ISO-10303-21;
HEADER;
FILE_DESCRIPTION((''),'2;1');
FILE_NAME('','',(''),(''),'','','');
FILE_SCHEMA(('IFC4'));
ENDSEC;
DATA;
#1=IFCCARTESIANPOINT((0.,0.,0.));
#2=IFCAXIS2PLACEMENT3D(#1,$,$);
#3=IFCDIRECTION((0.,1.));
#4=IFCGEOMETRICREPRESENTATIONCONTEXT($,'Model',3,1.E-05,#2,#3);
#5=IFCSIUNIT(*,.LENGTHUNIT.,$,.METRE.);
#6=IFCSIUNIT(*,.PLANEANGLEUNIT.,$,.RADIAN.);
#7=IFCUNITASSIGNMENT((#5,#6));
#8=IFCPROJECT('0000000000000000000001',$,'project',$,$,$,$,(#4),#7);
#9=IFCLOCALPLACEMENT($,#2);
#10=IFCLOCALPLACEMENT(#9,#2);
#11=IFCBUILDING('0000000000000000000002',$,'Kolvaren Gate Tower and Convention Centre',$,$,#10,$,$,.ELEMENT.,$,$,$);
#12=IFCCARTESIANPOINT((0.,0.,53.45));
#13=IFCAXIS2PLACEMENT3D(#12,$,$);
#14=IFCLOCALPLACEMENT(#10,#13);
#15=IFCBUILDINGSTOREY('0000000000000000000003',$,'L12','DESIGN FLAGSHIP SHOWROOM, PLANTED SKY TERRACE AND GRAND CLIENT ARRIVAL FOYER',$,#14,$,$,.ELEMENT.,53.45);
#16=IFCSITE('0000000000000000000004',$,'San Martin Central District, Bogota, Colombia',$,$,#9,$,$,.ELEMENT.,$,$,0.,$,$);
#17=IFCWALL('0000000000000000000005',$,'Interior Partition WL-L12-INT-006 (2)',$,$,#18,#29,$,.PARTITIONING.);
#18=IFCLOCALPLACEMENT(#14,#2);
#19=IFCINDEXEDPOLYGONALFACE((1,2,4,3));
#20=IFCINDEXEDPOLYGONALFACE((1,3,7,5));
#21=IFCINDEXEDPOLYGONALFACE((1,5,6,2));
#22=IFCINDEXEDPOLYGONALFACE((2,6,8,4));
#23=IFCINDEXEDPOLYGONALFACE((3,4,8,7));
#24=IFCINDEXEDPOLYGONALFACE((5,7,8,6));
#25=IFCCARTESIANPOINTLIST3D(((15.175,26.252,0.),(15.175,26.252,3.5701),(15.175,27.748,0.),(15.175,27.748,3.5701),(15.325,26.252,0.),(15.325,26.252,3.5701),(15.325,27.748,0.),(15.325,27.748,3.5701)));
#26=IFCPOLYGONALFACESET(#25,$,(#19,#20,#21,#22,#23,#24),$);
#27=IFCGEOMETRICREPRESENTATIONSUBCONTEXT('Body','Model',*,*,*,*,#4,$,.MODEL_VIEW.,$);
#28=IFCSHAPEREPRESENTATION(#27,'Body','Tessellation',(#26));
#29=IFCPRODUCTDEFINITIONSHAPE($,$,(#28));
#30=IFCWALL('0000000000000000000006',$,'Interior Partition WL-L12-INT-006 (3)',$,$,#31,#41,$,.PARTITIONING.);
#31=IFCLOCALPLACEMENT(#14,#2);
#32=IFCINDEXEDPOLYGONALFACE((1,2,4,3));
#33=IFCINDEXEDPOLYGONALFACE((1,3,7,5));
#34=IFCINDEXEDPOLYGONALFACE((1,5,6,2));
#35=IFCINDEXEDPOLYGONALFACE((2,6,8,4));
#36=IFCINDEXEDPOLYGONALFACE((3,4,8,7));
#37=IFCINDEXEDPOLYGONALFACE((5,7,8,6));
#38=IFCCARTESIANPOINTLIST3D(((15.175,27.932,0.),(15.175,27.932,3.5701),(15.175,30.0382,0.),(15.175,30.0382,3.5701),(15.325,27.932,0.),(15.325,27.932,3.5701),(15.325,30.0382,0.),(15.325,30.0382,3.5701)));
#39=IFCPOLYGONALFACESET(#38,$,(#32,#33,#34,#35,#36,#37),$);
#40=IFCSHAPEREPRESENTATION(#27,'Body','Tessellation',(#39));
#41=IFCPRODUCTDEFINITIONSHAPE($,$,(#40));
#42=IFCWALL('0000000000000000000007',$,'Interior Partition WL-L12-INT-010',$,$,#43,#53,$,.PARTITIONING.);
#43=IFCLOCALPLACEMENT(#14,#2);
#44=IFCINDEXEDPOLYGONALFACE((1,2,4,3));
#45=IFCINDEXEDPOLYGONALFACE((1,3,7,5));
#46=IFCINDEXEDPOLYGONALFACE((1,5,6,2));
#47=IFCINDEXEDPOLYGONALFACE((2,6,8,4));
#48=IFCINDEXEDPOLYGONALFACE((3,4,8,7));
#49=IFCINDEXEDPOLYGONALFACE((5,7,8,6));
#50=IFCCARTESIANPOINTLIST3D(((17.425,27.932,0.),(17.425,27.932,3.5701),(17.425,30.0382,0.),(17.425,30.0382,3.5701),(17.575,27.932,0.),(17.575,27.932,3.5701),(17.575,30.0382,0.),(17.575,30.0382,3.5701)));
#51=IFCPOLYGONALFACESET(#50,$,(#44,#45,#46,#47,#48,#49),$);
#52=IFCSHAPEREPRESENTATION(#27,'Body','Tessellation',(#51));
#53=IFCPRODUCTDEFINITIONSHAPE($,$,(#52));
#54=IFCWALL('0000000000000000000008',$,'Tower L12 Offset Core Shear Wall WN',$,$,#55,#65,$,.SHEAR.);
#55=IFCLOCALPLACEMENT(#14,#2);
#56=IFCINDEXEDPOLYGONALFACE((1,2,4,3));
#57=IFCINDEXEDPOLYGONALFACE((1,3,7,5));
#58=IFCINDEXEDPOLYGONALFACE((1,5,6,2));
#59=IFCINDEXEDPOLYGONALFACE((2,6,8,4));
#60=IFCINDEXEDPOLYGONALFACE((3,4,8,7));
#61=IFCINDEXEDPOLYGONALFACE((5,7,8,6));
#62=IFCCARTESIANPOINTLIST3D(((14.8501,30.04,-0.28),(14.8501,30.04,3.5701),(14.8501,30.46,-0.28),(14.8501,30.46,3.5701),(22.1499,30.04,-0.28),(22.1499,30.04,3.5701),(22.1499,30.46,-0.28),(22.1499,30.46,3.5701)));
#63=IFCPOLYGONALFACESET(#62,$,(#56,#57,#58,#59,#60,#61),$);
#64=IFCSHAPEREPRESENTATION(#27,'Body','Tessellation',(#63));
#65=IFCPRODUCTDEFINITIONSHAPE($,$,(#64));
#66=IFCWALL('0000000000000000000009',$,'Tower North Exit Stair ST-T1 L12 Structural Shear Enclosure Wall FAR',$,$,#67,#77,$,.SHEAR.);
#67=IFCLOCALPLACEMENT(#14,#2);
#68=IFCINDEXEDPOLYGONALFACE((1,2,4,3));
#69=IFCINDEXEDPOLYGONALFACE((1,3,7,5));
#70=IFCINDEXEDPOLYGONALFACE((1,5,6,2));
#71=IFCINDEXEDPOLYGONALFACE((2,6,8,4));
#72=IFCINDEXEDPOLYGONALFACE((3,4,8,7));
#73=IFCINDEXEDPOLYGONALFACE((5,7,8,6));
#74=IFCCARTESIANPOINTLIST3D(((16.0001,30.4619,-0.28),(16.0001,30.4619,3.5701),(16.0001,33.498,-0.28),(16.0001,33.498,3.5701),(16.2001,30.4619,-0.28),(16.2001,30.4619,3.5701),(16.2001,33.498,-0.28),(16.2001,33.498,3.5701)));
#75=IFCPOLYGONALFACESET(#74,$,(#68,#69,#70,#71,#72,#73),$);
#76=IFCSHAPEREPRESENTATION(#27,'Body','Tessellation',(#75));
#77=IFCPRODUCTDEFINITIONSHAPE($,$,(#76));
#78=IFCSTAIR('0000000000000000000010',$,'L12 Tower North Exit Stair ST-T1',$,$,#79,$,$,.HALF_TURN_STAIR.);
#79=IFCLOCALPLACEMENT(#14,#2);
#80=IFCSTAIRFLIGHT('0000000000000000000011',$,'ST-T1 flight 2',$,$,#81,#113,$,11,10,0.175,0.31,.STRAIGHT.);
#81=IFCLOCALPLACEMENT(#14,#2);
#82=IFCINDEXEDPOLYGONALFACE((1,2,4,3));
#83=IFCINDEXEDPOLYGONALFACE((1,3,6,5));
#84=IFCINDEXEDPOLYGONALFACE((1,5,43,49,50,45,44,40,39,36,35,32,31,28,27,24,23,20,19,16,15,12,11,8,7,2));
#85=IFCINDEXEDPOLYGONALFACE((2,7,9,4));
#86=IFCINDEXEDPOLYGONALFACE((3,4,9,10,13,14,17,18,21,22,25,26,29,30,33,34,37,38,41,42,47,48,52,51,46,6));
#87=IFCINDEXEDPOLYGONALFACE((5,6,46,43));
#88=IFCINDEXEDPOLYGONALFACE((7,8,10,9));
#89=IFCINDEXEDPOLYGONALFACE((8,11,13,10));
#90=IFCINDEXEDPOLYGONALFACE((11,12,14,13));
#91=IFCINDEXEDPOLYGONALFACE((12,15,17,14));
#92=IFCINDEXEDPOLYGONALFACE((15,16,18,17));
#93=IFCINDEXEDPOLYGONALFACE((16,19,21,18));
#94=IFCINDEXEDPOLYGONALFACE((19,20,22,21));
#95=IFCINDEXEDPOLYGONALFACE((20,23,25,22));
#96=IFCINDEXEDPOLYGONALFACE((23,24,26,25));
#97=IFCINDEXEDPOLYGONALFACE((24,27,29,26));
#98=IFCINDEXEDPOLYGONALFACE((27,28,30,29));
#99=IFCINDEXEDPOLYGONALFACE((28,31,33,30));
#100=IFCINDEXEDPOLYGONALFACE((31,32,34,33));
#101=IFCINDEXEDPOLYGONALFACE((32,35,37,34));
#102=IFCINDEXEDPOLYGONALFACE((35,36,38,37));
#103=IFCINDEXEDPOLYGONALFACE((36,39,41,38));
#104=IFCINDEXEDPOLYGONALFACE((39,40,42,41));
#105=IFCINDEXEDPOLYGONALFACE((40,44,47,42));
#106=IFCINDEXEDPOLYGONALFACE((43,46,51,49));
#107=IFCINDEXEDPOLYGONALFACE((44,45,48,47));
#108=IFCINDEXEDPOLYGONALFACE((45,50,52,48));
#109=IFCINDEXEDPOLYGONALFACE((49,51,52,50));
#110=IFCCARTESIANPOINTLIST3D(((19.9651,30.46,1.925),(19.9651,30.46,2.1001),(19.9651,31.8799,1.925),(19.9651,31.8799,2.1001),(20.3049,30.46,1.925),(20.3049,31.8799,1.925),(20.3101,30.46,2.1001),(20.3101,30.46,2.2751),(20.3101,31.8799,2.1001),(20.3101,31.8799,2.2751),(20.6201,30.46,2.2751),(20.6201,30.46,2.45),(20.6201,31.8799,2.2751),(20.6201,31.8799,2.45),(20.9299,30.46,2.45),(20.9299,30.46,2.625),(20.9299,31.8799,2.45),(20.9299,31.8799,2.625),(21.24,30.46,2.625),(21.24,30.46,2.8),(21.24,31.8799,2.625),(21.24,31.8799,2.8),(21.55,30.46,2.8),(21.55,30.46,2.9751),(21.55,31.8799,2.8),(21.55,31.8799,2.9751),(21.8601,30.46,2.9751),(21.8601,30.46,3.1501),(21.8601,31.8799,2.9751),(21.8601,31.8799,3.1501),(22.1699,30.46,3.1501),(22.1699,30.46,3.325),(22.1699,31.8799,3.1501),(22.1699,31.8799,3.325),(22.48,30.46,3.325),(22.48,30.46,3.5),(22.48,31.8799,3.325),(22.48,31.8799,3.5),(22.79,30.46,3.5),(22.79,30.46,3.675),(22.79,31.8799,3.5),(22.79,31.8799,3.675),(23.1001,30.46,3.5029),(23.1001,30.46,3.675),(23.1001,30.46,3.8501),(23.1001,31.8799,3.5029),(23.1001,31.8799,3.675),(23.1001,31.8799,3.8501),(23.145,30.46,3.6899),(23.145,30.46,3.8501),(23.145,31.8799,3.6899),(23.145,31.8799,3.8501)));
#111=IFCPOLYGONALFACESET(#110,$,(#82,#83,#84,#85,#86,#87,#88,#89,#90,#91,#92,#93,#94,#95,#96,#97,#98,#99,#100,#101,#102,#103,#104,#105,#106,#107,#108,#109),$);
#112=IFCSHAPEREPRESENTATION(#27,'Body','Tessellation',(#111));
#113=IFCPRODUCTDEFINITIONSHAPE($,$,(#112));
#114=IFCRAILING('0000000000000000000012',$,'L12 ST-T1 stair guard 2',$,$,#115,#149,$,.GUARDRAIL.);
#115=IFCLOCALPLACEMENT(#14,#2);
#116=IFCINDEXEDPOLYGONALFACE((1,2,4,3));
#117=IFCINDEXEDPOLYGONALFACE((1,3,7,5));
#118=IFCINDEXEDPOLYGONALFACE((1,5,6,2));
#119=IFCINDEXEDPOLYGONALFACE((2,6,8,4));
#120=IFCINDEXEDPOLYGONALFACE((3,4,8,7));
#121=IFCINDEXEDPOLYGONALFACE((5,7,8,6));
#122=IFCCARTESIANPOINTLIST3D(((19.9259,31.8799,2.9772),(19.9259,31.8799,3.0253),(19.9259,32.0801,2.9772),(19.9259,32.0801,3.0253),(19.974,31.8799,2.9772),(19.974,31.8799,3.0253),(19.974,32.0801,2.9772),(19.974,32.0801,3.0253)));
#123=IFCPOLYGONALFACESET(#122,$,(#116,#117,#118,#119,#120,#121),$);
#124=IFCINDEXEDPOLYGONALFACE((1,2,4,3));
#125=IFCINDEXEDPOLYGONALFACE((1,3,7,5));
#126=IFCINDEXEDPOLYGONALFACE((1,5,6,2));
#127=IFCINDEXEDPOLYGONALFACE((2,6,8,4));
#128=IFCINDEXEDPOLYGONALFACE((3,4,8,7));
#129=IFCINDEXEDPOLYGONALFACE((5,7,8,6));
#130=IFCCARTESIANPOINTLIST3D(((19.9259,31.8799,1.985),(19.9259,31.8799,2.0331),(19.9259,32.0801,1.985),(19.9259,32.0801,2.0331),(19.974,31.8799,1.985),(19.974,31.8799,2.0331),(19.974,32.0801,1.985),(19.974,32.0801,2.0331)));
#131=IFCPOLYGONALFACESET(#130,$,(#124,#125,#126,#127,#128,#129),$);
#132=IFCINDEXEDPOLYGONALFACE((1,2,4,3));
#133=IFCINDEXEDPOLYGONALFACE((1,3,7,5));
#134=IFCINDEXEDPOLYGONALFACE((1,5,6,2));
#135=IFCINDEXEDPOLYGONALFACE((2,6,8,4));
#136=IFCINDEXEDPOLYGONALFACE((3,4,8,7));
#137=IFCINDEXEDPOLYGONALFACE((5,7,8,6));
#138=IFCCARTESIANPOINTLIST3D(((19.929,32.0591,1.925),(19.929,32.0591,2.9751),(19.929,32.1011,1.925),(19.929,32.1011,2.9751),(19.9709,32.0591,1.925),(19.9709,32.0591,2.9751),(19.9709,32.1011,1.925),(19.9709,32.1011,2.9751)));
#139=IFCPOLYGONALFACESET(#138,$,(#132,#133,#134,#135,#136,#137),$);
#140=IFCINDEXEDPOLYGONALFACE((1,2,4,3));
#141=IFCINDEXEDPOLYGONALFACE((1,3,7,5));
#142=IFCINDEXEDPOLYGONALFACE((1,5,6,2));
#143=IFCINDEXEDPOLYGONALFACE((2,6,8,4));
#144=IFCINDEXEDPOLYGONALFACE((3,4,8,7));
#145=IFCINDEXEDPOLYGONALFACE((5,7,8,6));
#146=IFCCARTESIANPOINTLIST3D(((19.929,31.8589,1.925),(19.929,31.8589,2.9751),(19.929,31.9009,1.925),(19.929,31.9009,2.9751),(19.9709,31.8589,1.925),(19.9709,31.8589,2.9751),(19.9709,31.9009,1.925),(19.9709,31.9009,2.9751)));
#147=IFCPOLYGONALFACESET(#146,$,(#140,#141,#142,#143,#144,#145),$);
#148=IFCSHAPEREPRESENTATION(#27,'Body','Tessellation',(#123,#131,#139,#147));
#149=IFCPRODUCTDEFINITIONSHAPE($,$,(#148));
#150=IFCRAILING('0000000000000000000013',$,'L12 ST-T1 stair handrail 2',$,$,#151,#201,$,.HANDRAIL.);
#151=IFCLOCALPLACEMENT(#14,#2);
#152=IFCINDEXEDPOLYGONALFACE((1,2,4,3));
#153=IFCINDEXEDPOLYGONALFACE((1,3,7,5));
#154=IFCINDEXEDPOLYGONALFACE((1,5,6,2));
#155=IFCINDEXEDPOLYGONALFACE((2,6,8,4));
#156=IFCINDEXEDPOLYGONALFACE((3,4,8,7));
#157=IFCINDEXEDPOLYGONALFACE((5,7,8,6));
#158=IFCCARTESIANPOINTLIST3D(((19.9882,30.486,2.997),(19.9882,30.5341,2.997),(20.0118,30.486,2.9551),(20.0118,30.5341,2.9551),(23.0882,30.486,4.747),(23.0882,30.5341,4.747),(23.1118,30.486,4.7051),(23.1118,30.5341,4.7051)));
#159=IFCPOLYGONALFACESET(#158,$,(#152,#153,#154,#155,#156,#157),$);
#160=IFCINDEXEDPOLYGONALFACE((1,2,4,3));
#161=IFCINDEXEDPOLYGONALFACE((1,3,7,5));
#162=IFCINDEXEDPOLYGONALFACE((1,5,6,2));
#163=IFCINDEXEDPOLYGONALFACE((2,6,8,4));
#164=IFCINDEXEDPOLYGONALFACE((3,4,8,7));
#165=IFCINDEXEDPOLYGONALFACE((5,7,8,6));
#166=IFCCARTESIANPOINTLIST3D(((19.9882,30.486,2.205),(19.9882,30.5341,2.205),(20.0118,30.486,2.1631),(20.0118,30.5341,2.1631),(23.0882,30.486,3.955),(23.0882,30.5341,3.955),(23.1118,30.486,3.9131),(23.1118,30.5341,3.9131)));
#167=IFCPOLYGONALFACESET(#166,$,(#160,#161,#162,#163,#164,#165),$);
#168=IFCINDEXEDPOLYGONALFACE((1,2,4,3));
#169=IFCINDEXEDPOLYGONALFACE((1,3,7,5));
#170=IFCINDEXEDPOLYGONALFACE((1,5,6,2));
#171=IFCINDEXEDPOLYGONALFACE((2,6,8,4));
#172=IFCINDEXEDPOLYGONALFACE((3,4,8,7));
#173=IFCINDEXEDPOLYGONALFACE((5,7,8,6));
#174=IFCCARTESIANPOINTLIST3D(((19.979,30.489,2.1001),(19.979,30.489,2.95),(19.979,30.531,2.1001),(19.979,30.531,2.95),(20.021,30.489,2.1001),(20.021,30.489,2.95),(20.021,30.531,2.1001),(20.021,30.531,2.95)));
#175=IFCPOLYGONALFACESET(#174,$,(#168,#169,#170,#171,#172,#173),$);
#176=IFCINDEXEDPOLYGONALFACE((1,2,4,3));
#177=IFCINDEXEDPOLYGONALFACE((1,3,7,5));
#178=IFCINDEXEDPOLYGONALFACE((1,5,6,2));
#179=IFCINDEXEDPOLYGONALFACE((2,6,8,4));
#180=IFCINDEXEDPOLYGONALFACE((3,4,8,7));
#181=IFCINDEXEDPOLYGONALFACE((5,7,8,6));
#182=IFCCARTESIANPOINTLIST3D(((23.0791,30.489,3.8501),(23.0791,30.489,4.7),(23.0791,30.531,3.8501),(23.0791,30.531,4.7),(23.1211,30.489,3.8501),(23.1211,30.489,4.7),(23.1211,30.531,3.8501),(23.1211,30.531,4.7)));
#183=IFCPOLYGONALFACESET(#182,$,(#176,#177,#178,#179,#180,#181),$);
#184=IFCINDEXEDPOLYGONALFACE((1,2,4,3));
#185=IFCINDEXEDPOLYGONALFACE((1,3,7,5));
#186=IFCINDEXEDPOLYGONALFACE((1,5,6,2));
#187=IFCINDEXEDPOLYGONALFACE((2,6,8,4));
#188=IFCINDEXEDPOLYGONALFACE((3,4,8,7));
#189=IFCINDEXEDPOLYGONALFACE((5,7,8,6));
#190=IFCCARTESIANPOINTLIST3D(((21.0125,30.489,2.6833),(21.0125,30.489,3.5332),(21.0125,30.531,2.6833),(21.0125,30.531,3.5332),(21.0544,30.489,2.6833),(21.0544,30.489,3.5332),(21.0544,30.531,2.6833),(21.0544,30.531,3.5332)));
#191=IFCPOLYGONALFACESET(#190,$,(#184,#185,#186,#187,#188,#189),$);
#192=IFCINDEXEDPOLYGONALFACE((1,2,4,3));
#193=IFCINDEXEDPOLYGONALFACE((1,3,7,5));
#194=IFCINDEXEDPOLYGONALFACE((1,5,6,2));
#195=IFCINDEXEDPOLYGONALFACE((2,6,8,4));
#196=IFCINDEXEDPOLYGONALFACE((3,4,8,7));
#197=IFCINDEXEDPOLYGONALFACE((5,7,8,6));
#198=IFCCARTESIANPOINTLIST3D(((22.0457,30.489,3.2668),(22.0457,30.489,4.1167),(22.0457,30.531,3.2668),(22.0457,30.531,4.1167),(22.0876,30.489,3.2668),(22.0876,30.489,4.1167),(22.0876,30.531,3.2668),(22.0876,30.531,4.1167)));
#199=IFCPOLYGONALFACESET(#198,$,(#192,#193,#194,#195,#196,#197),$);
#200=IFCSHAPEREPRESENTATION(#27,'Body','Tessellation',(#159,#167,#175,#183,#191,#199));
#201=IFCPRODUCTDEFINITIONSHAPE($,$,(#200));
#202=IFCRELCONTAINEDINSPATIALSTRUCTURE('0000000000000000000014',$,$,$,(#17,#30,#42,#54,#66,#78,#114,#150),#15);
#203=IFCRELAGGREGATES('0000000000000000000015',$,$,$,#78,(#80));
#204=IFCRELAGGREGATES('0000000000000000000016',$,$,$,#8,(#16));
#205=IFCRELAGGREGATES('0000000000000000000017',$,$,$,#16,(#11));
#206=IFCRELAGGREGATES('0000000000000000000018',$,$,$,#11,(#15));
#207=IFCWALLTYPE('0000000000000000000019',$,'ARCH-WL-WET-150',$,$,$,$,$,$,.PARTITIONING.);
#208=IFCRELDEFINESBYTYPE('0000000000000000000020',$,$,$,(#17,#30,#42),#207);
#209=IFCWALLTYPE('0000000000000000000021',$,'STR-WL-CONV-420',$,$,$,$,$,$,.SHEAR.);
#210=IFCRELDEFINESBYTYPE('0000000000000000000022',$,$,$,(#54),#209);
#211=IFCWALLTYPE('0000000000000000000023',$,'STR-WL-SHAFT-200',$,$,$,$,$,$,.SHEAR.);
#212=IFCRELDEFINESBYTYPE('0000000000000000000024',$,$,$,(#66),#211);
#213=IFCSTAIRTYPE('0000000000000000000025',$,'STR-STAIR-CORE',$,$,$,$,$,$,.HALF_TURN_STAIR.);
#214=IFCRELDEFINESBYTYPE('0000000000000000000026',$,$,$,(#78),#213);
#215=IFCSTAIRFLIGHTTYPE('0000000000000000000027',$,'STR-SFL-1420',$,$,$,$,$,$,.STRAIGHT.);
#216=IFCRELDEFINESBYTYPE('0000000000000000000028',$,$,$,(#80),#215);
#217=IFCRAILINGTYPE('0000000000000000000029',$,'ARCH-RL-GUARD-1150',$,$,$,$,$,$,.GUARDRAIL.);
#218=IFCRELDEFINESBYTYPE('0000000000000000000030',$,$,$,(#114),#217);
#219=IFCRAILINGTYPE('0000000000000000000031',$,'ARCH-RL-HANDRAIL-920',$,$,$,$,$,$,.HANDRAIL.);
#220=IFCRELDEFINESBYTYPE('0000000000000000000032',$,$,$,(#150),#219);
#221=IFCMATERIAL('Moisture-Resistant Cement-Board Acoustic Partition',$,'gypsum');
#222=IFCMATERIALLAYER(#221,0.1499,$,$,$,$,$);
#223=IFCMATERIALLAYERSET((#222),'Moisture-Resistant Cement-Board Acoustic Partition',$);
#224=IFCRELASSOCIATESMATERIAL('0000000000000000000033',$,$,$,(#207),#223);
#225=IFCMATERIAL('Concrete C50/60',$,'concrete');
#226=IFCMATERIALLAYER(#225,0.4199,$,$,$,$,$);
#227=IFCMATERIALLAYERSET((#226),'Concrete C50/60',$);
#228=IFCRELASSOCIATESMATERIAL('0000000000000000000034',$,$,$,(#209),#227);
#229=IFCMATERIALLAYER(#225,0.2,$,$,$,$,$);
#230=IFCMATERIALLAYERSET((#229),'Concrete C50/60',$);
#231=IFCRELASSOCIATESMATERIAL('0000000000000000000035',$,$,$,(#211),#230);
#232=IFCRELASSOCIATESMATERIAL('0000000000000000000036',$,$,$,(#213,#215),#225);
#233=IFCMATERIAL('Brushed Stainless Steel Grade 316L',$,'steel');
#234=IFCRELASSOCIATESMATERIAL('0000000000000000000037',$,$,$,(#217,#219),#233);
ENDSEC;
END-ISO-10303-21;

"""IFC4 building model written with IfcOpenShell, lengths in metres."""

from ifc_helpers import new_model, si_unit, direction, frame, frame_2d, origin, origin_2d, place, context, subcontext, project, spatial, polyline, rectangle, outline, extrude, material, layer, layer_set, type_object, element, aggregate, save


model = new_model("IFC4")

# Units and contexts
model_context = context("Model", 3, precision=1e-05, world=origin(), true_north=direction((0.0, 1.0)))
body_context = subcontext(model_context, "Body", "Model", "MODEL_VIEW")
ifc_project = project(units=[si_unit("LENGTHUNIT", "METRE"), si_unit("PLANEANGLEUNIT", "RADIAN")], contexts=[model_context])

# Site, building, storey
site_placement = place(None, origin())
site = spatial("IfcSite", under=ifc_project, at=site_placement, Name="San Martin Central District, Bogota, Colombia", CompositionType="ELEMENT", RefElevation=0.0)
building_placement = place(site_placement, origin())
building = spatial("IfcBuilding", under=site, at=building_placement, Name="Kolvaren Gate Tower and Convention Centre", CompositionType="ELEMENT")
storey_placement = place(building_placement, frame((0.0, 0.0, 53.45)))
storey = spatial("IfcBuildingStorey", under=building, at=storey_placement, Name="L12", Description="DESIGN FLAGSHIP SHOWROOM, PLANTED SKY TERRACE AND GRAND CLIENT ARRIVAL FOYER", CompositionType="ELEMENT", Elevation=53.45)

# Walls
ifc_material_1 = material(Name="Moisture-Resistant Cement-Board Acoustic Partition", Category="gypsum")
ifc_layer_1 = layer(ifc_material_1, 0.1499)
ifc_layer_set_1 = layer_set([ifc_layer_1], Name="Moisture-Resistant Cement-Board Acoustic Partition")
wall_type_1 = type_object("IfcWallType", Name="ARCH-WL-WET-150", PredefinedType="PARTITIONING", material=ifc_layer_set_1)
wall_1_placement = place(storey_placement, frame((15.25, 26.252, 0.0), z_axis=(0.0, 0.0, 1.0), x_axis=(0.0, 1.0, 0.0)))
element("IfcWall", 1, at=wall_1_placement, inside=storey, type_object=wall_type_1, Name="Interior Partition WL-L12-INT-006 (2)", PredefinedType="PARTITIONING", context=body_context, shape_type="SweptSolid", body=[
    extrude(rectangle(XDim=1.4961, YDim=0.1499, at=frame_2d((0.748, 0.0))), origin(), (0.0, 0.0, 1.0), 3.5701),
])
for number, where, z_axis, x_axis, name in (
    (2, (15.25, 27.9319, 0.0), (0.0, 0.0, 1.0), (0.0, 1.0, 0.0), "Interior Partition WL-L12-INT-006 (3)"),
    (3, (17.5, 27.9319, 0.0), (0.0, 0.0, 1.0), (0.0, 1.0, 0.0), "Interior Partition WL-L12-INT-010"),
):
    element("IfcWall", number, at=place(storey_placement, frame(where, z_axis=z_axis, x_axis=x_axis)), inside=storey, type_object=wall_type_1, Name=name, PredefinedType="PARTITIONING", context=body_context, shape_type="SweptSolid", body=[
        extrude(rectangle(XDim=2.1062, YDim=0.1499, at=frame_2d((1.0532, 0.0))), origin(), (0.0, 0.0, 1.0), 3.5701),
    ])
ifc_material_2 = material(Name="Concrete C50/60", Category="concrete")
ifc_layer_2 = layer(ifc_material_2, 0.4199)
ifc_layer_set_2 = layer_set([ifc_layer_2], Name="Concrete C50/60")
wall_type_2 = type_object("IfcWallType", Name="STR-WL-CONV-420", PredefinedType="SHEAR", material=ifc_layer_set_2)
wall_2_placement = place(storey_placement, frame((14.8501, 30.25, -0.28), z_axis=(0.0, 0.0, 1.0), x_axis=(1.0, 0.0, 0.0)))
element("IfcWall", 4, at=wall_2_placement, inside=storey, type_object=wall_type_2, Name="Tower L12 Offset Core Shear Wall WN", PredefinedType="SHEAR", context=body_context, shape_type="SweptSolid", body=[
    extrude(rectangle(XDim=7.2998, YDim=0.4199, at=frame_2d((3.6499, 0.0))), origin(), (0.0, 0.0, 1.0), 3.8501),
])
ifc_layer_3 = layer(ifc_material_2, 0.2)
ifc_layer_set_3 = layer_set([ifc_layer_3], Name="Concrete C50/60")
wall_type_3 = type_object("IfcWallType", Name="STR-WL-SHAFT-200", PredefinedType="SHEAR", material=ifc_layer_set_3)
wall_3_placement = place(storey_placement, frame((16.1001, 30.4619, -0.28), z_axis=(0.0, 0.0, 1.0), x_axis=(0.0, 1.0, 0.0)))
element("IfcWall", 5, at=wall_3_placement, inside=storey, type_object=wall_type_3, Name="Tower North Exit Stair ST-T1 L12 Structural Shear Enclosure Wall FAR", PredefinedType="SHEAR", context=body_context, shape_type="SweptSolid", body=[
    extrude(rectangle(XDim=3.0361, YDim=0.2, at=frame_2d((1.5181, 0.0))), origin(), (0.0, 0.0, 1.0), 3.8501),
])

# Stair, stair flight
stair_type = type_object("IfcStairType", Name="STR-STAIR-CORE", PredefinedType="HALF_TURN_STAIR", material=ifc_material_2)
stair_placement = place(storey_placement, origin())
stair = element("IfcStair", 6, at=stair_placement, inside=storey, type_object=stair_type, Name="L12 Tower North Exit Stair ST-T1", PredefinedType="HALF_TURN_STAIR")
stair_flight_type = type_object("IfcStairFlightType", Name="STR-SFL-1420", PredefinedType="STRAIGHT", material=ifc_material_2)
stair_flight_placement = place(storey_placement, frame((20.0, 31.1699, 1.925), z_axis=(0.0, 0.0, 1.0), x_axis=(1.0, 0.0, 0.0)))
stair_flight = element("IfcStairFlight", 7, at=stair_flight_placement, type_object=stair_flight_type, Name="ST-T1 flight 2", NumberOfRisers=11, NumberOfTreads=10, PredefinedType="STRAIGHT", RiserHeight=0.175, TreadLength=0.31, context=body_context, shape_type="SweptSolid", body=[
    extrude(outline(polyline([(-0.0349, 0.0), (-0.0349, 0.175), (0.3101, 0.175), (0.3101, 0.3501), (0.6201, 0.3501), (0.6201, 0.5249), (0.9299, 0.5249), (0.9299, 0.7), (1.24, 0.7), (1.24, 0.875), (1.55, 0.875), (1.55, 1.05), (1.8601, 1.05), (1.8601, 1.2251), (2.1699, 1.2251), (2.1699, 1.3999), (2.48, 1.3999), (2.48, 1.575), (2.79, 1.575), (2.79, 1.75), (3.1001, 1.75), (3.1001, 1.925), (3.145, 1.925), (3.145, 1.7649), (3.1001, 1.5779), (0.3049, 0.0), (-0.0349, 0.0)])), frame((0.0, 0.71, 0.0), z_axis=(0.0, -1.0, 0.0), x_axis=(1.0, 0.0, 0.0)), (0.0, 0.0, 1.0), 1.4199),
])
aggregate(stair, [stair_flight])

# Railings
ifc_material_3 = material(Name="Brushed Stainless Steel Grade 316L", Category="steel")
railing_type_1 = type_object("IfcRailingType", Name="ARCH-RL-GUARD-1150", PredefinedType="GUARDRAIL", material=ifc_material_3)
railing_1_placement = place(storey_placement, frame((19.95, 32.0801, 1.925)))
element("IfcRailing", 8, at=railing_1_placement, inside=storey, type_object=railing_type_1, Name="L12 ST-T1 stair guard 2", PredefinedType="GUARDRAIL", context=body_context, shape_type="SweptSolid", body=[
    extrude(rectangle(XDim=0.0481, YDim=0.0481, at=origin_2d()), frame((0.0, 0.0, 1.0762), z_axis=(0.0, -1.0, 0.0), x_axis=(1.0, 0.0, 0.0)), (0.0, 0.0, 1.0), 0.2002),
    extrude(rectangle(XDim=0.0481, YDim=0.0481, at=origin_2d()), frame((0.0, 0.0, 0.084), z_axis=(0.0, -1.0, 0.0), x_axis=(1.0, 0.0, 0.0)), (0.0, 0.0, 1.0), 0.2002),
    extrude(rectangle(XDim=0.042, YDim=0.042, at=origin_2d()), origin(), (0.0, 0.0, 1.0), 1.05),
    extrude(rectangle(XDim=0.042, YDim=0.042, at=origin_2d()), frame((0.0, -0.2002, 0.0)), (0.0, 0.0, 1.0), 1.05),
])
railing_type_2 = type_object("IfcRailingType", Name="ARCH-RL-HANDRAIL-920", PredefinedType="HANDRAIL", material=ifc_material_3)
railing_2_placement = place(storey_placement, frame((20.0, 30.51, 2.1001)))
element("IfcRailing", 9, at=railing_2_placement, inside=storey, type_object=railing_type_2, Name="L12 ST-T1 stair handrail 2", PredefinedType="HANDRAIL", context=body_context, shape_type="SweptSolid", body=[
    extrude(rectangle(XDim=0.0481, YDim=0.0481, at=origin_2d()), frame((0.0, 0.0, 0.876), z_axis=(0.870831, 0.0, 0.491583), x_axis=(0.0, 1.0, 0.0)), (0.0, 0.0, 1.0), 3.5598),
    extrude(rectangle(XDim=0.0481, YDim=0.0481, at=origin_2d()), frame((0.0, 0.0, 0.084), z_axis=(0.870831, 0.0, 0.491583), x_axis=(0.0, 1.0, 0.0)), (0.0, 0.0, 1.0), 3.5598),
    extrude(rectangle(XDim=0.042, YDim=0.042, at=origin_2d()), origin(), (0.0, 0.0, 1.0), 0.8499),
    extrude(rectangle(XDim=0.042, YDim=0.042, at=origin_2d()), frame((3.1001, 0.0, 1.75)), (0.0, 0.0, 1.0), 0.8499),
    extrude(rectangle(XDim=0.042, YDim=0.042, at=origin_2d()), frame((1.0334, 0.0, 0.5833)), (0.0, 0.0, 1.0), 0.8499),
    extrude(rectangle(XDim=0.042, YDim=0.042, at=origin_2d()), frame((2.0667, 0.0, 1.1667)), (0.0, 0.0, 1.0), 0.8499),
])

save(model, "model.ifc")
